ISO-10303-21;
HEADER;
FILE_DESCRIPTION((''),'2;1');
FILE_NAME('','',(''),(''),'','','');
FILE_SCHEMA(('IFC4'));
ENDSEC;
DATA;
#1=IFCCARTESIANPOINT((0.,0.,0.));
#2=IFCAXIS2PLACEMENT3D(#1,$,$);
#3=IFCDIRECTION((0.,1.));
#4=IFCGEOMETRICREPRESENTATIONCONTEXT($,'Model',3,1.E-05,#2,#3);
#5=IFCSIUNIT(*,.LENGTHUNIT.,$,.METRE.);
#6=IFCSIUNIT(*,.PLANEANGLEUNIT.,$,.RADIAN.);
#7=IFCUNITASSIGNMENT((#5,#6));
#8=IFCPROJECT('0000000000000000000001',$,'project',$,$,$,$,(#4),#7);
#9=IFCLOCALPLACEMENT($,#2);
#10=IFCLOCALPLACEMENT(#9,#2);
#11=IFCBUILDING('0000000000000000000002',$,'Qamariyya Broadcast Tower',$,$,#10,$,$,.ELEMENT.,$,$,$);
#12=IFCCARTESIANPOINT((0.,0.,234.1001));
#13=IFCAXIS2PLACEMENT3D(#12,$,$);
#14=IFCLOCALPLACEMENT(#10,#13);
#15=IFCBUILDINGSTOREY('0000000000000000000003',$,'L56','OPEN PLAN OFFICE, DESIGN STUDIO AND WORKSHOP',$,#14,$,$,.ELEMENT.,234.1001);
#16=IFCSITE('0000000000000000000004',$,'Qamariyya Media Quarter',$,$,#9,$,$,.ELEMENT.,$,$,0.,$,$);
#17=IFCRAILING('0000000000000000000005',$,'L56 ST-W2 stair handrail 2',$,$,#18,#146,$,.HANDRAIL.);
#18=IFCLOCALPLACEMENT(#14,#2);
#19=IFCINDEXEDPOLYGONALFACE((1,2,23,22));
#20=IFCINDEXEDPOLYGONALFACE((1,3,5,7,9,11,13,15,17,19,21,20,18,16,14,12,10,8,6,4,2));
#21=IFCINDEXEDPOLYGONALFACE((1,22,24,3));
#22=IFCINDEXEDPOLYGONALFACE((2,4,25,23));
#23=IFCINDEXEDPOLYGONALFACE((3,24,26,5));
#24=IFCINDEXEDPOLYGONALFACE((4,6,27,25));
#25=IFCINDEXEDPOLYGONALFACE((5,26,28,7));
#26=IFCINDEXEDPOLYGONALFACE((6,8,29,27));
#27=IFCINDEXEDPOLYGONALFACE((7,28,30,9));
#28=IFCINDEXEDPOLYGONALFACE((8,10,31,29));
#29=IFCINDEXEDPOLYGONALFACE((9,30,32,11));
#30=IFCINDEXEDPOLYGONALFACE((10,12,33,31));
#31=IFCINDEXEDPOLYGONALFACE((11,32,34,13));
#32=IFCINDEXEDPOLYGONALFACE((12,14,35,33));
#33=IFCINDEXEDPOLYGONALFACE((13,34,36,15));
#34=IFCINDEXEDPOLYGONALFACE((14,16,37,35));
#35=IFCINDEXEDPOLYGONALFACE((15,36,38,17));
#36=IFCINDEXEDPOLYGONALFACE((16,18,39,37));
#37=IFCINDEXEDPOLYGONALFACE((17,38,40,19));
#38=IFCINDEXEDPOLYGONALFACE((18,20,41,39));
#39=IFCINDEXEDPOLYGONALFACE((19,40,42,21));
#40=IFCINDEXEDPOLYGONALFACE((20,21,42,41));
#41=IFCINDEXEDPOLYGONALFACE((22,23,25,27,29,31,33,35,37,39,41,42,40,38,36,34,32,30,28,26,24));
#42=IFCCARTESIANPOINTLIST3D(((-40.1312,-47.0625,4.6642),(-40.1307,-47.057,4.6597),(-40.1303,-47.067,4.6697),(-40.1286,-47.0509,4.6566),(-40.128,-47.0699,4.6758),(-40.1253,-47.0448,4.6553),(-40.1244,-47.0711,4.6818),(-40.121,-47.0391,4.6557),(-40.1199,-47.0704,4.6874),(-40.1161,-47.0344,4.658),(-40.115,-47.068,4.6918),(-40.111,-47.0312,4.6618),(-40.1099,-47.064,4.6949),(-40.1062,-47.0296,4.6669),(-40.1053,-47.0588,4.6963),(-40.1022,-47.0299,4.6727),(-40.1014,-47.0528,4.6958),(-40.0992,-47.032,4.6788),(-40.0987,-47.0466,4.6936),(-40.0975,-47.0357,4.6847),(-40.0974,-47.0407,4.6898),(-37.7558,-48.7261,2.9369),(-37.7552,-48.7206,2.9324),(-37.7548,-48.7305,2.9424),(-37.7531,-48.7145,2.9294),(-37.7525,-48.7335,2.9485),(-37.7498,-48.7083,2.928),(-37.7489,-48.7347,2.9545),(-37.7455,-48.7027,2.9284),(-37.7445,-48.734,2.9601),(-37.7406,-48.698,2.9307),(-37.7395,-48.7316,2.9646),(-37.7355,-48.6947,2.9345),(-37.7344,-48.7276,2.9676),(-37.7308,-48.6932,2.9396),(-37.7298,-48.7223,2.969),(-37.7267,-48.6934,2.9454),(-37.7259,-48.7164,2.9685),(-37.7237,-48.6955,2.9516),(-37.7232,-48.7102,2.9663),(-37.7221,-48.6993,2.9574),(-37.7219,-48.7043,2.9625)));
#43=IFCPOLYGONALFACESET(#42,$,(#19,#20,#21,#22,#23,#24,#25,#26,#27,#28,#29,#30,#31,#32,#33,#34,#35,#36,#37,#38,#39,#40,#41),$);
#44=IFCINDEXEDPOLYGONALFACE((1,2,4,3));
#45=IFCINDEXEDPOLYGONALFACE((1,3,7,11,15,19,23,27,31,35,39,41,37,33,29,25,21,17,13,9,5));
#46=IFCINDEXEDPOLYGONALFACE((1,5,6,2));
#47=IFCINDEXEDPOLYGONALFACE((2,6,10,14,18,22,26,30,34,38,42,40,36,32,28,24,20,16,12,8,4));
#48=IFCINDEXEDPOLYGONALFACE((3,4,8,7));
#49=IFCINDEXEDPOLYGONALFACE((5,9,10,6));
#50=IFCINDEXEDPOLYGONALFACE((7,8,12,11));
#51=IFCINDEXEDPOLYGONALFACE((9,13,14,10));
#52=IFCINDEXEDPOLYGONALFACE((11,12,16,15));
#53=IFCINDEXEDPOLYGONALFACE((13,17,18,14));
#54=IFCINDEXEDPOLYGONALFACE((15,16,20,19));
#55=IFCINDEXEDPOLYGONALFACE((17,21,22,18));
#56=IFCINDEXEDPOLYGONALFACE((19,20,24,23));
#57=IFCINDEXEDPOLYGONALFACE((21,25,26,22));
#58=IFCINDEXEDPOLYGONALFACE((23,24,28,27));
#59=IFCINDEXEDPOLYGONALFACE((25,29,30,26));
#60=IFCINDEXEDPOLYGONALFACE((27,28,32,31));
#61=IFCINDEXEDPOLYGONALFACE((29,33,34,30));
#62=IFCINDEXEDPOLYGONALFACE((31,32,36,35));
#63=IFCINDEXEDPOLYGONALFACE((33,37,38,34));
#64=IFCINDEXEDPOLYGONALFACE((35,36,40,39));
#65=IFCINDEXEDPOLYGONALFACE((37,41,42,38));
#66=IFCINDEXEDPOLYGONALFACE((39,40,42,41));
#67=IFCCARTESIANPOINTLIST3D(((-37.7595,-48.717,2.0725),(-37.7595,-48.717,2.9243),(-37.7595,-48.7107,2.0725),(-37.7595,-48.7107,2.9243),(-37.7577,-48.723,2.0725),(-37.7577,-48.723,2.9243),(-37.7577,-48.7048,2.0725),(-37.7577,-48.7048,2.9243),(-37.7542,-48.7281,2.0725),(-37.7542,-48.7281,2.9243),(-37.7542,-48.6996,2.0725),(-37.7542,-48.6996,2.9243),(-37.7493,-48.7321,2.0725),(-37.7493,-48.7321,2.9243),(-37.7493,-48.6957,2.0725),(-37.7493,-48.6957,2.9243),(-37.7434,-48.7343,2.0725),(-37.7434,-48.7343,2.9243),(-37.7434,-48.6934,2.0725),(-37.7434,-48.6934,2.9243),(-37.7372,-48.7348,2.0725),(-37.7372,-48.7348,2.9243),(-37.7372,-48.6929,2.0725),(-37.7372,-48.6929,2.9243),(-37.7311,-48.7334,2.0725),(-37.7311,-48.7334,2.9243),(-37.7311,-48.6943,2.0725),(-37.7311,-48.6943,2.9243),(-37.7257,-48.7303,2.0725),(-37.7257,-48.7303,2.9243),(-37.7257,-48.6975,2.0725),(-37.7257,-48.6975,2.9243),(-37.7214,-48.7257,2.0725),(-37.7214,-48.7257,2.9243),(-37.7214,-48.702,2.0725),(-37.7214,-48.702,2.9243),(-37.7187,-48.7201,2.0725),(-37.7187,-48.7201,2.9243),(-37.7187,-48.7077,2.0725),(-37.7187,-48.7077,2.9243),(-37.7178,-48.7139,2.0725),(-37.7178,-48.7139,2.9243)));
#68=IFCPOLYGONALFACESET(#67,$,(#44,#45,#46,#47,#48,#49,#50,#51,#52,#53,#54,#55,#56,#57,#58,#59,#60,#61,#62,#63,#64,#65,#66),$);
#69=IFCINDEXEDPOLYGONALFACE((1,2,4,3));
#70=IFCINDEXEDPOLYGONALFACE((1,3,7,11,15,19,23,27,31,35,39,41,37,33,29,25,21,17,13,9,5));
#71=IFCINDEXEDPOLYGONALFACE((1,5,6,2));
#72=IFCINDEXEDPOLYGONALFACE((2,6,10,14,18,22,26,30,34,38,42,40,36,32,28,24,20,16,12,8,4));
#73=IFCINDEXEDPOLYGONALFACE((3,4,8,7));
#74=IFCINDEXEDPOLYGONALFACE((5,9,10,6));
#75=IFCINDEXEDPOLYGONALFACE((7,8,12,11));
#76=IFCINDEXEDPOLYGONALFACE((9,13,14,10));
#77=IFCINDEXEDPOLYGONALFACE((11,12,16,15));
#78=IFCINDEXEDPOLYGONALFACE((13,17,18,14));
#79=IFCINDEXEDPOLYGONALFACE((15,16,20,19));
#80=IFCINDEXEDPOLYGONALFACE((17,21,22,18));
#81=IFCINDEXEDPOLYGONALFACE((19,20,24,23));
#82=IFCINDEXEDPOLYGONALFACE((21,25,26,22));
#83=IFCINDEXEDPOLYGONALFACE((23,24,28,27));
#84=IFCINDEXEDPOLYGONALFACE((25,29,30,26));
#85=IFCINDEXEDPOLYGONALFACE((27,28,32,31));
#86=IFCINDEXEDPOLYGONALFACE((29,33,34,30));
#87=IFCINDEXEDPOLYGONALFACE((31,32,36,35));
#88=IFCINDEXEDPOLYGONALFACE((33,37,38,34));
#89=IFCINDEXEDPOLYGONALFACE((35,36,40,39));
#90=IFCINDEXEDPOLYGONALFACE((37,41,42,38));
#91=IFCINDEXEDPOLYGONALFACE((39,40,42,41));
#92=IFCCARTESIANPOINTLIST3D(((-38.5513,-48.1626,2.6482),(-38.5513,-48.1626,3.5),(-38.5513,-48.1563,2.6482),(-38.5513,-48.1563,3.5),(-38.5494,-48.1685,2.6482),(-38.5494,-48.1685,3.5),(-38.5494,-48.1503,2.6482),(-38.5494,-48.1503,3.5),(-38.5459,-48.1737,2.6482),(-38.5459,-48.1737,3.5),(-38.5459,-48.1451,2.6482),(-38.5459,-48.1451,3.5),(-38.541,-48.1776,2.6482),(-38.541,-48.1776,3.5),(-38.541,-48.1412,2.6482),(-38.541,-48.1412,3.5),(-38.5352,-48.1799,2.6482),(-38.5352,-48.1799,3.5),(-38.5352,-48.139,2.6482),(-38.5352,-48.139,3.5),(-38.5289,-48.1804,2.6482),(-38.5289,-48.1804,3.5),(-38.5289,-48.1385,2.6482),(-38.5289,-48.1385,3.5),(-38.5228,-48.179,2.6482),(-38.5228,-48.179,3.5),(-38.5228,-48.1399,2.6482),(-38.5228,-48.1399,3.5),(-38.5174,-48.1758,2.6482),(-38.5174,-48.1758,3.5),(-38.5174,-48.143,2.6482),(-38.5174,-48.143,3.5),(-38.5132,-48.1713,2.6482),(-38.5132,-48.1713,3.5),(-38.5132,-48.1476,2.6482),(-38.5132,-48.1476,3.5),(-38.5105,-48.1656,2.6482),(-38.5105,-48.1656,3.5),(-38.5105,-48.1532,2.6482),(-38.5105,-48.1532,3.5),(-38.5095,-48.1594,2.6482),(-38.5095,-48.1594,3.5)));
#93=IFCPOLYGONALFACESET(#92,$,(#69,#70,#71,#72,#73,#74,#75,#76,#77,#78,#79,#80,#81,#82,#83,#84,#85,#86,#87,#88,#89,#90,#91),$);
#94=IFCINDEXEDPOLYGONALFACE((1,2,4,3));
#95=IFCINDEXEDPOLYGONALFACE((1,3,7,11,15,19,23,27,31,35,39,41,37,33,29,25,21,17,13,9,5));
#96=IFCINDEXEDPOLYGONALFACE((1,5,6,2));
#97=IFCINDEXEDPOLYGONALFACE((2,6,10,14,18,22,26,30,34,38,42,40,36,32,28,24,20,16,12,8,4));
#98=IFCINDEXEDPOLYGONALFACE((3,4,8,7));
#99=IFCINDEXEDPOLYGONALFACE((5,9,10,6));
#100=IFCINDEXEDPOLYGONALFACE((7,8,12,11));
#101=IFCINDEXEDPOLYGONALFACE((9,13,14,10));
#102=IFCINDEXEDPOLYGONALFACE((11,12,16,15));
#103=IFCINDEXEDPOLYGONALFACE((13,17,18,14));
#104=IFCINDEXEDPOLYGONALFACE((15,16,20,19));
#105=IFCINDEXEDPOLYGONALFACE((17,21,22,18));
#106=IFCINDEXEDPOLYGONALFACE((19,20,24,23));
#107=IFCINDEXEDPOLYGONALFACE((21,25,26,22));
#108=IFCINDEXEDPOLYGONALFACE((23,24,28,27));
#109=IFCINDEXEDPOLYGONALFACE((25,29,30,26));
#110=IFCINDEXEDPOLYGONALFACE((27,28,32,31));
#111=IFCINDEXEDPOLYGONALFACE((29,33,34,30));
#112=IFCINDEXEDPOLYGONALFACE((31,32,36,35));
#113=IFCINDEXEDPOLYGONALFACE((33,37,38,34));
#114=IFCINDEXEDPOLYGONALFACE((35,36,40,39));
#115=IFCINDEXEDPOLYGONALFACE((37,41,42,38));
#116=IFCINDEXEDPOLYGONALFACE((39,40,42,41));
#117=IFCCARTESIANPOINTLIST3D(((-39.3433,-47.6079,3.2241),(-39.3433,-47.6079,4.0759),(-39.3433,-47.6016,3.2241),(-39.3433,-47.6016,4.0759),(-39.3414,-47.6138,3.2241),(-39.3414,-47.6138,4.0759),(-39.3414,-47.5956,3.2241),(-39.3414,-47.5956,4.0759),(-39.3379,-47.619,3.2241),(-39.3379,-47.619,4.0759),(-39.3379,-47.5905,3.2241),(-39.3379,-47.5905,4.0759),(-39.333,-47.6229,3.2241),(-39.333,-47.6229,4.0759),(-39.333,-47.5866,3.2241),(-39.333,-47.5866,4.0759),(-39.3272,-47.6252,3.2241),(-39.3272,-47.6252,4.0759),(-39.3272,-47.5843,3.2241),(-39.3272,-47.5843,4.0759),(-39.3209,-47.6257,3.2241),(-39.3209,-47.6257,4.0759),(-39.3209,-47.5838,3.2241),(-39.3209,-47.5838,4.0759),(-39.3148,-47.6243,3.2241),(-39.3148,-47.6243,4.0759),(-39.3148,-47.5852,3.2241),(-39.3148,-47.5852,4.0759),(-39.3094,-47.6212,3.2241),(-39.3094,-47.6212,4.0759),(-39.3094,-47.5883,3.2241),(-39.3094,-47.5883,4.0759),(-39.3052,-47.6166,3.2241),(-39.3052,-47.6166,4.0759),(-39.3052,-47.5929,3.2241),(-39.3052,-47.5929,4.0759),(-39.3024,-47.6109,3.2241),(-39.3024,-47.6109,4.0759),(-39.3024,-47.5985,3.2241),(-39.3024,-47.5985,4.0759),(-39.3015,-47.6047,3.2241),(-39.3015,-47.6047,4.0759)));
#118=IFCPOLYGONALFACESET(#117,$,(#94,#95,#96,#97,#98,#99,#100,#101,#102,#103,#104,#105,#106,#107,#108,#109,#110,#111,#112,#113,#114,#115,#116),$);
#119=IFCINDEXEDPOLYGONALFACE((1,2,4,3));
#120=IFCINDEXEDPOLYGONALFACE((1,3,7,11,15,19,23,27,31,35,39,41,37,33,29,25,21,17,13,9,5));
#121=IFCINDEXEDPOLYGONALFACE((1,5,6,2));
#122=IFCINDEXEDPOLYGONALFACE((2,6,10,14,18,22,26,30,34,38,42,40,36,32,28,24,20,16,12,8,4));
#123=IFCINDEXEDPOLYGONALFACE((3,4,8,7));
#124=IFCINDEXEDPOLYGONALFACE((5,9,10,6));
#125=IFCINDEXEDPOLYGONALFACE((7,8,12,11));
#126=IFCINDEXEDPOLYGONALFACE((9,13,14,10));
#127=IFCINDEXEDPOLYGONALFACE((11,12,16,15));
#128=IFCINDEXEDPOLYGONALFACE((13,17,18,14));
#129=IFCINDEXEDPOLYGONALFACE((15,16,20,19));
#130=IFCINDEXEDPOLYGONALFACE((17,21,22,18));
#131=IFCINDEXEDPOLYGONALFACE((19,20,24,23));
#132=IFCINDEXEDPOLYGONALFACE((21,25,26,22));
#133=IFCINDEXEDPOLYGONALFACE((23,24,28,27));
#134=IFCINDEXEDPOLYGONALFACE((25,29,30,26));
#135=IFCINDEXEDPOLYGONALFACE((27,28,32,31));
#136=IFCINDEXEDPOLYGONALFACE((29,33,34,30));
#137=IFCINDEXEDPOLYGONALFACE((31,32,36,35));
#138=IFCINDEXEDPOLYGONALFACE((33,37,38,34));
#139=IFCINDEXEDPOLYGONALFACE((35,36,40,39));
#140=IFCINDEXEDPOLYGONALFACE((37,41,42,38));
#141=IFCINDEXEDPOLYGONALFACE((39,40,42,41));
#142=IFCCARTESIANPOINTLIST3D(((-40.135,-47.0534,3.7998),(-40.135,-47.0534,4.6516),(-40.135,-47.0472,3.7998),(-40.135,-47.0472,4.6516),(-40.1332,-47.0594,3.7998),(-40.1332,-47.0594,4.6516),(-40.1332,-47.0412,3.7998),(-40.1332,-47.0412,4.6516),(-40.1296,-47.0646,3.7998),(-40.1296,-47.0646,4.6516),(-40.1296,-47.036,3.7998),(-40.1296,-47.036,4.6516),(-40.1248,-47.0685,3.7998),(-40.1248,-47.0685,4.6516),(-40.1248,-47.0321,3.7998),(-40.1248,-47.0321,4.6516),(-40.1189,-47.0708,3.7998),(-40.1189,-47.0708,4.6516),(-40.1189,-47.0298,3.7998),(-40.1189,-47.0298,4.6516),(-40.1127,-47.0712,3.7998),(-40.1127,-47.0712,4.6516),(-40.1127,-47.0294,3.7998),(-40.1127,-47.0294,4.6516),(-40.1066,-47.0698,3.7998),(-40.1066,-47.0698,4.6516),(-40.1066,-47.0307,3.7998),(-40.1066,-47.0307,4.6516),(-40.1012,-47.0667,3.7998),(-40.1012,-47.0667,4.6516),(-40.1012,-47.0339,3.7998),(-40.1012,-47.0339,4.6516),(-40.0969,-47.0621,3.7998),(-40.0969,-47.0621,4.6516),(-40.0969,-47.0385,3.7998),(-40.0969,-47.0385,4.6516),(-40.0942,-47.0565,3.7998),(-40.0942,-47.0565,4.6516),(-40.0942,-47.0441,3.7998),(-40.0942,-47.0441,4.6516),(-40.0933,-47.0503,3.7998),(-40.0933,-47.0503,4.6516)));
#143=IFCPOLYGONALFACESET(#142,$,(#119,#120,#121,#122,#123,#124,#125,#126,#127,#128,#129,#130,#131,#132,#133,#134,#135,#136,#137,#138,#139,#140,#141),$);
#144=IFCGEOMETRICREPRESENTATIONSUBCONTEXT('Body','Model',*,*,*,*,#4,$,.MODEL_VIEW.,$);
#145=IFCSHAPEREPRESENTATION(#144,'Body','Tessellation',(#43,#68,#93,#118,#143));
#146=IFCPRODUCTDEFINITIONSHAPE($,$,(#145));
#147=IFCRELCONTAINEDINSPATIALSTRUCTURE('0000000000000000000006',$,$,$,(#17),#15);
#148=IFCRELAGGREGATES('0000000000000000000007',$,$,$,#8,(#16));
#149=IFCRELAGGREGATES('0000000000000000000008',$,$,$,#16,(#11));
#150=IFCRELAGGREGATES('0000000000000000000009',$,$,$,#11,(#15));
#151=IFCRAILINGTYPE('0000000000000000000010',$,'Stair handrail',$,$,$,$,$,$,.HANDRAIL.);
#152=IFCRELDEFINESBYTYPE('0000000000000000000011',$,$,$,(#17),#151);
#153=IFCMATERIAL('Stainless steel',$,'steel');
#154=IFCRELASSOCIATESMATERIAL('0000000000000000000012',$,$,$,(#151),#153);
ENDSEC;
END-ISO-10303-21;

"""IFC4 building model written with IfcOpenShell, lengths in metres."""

from ifc_helpers import new_model, si_unit, direction, frame, origin, origin_2d, place, context, subcontext, project, spatial, circle, extrude, material, type_object, element, save


model = new_model("IFC4")

# Units and contexts
model_context = context("Model", 3, precision=1e-05, world=origin(), true_north=direction((0.0, 1.0)))
body_context = subcontext(model_context, "Body", "Model", "MODEL_VIEW")
ifc_project = project(units=[si_unit("LENGTHUNIT", "METRE"), si_unit("PLANEANGLEUNIT", "RADIAN")], contexts=[model_context])

# Site, building, storey
site_placement = place(None, origin())
site = spatial("IfcSite", under=ifc_project, at=site_placement, Name="Qamariyya Media Quarter", CompositionType="ELEMENT", RefElevation=0.0)
building_placement = place(site_placement, origin())
building = spatial("IfcBuilding", under=site, at=building_placement, Name="Qamariyya Broadcast Tower", CompositionType="ELEMENT")
storey_placement = place(building_placement, frame((0.0, 0.0, 234.1001)))
storey = spatial("IfcBuildingStorey", under=building, at=storey_placement, Name="L56", Description="OPEN PLAN OFFICE, DESIGN STUDIO AND WORKSHOP", CompositionType="ELEMENT", Elevation=234.1001)

# Railing
ifc_material_1 = material(Name="Stainless steel", Category="steel")
railing_type_1 = type_object("IfcRailingType", Name="Stair handrail", PredefinedType="HANDRAIL", material=ifc_material_1)
railing_1_placement = place(storey_placement, frame((-37.7388, -48.7139, 2.0725)))
element("IfcRailing", 1, at=railing_1_placement, inside=storey, type_object=railing_type_1, Name="L56 ST-W2 stair handrail 2", PredefinedType="HANDRAIL", context=body_context, shape_type="SweptSolid", body=[
    extrude(circle(Radius=0.0239, at=origin_2d()), frame((0.0, 0.0, 0.876), z_axis=(-0.703745, 0.492838, 0.511716), x_axis=(-0.573632, -0.819113, 0.0)), (0.0, 0.0, 1.0), 3.3755),
    extrude(circle(Radius=0.021, at=origin_2d()), origin(), (0.0, 0.0, 1.0), 0.8518),
    extrude(circle(Radius=0.021, at=origin_2d()), frame((-0.7917, 0.5544, 0.5757)), (0.0, 0.0, 1.0), 0.8518),
    extrude(circle(Radius=0.021, at=origin_2d()), frame((-1.5837, 1.1091, 1.1516)), (0.0, 0.0, 1.0), 0.8518),
    extrude(circle(Radius=0.021, at=origin_2d()), frame((-2.3755, 1.6636, 1.7273)), (0.0, 0.0, 1.0), 0.8518),
])

save(model, "model.ifc")
